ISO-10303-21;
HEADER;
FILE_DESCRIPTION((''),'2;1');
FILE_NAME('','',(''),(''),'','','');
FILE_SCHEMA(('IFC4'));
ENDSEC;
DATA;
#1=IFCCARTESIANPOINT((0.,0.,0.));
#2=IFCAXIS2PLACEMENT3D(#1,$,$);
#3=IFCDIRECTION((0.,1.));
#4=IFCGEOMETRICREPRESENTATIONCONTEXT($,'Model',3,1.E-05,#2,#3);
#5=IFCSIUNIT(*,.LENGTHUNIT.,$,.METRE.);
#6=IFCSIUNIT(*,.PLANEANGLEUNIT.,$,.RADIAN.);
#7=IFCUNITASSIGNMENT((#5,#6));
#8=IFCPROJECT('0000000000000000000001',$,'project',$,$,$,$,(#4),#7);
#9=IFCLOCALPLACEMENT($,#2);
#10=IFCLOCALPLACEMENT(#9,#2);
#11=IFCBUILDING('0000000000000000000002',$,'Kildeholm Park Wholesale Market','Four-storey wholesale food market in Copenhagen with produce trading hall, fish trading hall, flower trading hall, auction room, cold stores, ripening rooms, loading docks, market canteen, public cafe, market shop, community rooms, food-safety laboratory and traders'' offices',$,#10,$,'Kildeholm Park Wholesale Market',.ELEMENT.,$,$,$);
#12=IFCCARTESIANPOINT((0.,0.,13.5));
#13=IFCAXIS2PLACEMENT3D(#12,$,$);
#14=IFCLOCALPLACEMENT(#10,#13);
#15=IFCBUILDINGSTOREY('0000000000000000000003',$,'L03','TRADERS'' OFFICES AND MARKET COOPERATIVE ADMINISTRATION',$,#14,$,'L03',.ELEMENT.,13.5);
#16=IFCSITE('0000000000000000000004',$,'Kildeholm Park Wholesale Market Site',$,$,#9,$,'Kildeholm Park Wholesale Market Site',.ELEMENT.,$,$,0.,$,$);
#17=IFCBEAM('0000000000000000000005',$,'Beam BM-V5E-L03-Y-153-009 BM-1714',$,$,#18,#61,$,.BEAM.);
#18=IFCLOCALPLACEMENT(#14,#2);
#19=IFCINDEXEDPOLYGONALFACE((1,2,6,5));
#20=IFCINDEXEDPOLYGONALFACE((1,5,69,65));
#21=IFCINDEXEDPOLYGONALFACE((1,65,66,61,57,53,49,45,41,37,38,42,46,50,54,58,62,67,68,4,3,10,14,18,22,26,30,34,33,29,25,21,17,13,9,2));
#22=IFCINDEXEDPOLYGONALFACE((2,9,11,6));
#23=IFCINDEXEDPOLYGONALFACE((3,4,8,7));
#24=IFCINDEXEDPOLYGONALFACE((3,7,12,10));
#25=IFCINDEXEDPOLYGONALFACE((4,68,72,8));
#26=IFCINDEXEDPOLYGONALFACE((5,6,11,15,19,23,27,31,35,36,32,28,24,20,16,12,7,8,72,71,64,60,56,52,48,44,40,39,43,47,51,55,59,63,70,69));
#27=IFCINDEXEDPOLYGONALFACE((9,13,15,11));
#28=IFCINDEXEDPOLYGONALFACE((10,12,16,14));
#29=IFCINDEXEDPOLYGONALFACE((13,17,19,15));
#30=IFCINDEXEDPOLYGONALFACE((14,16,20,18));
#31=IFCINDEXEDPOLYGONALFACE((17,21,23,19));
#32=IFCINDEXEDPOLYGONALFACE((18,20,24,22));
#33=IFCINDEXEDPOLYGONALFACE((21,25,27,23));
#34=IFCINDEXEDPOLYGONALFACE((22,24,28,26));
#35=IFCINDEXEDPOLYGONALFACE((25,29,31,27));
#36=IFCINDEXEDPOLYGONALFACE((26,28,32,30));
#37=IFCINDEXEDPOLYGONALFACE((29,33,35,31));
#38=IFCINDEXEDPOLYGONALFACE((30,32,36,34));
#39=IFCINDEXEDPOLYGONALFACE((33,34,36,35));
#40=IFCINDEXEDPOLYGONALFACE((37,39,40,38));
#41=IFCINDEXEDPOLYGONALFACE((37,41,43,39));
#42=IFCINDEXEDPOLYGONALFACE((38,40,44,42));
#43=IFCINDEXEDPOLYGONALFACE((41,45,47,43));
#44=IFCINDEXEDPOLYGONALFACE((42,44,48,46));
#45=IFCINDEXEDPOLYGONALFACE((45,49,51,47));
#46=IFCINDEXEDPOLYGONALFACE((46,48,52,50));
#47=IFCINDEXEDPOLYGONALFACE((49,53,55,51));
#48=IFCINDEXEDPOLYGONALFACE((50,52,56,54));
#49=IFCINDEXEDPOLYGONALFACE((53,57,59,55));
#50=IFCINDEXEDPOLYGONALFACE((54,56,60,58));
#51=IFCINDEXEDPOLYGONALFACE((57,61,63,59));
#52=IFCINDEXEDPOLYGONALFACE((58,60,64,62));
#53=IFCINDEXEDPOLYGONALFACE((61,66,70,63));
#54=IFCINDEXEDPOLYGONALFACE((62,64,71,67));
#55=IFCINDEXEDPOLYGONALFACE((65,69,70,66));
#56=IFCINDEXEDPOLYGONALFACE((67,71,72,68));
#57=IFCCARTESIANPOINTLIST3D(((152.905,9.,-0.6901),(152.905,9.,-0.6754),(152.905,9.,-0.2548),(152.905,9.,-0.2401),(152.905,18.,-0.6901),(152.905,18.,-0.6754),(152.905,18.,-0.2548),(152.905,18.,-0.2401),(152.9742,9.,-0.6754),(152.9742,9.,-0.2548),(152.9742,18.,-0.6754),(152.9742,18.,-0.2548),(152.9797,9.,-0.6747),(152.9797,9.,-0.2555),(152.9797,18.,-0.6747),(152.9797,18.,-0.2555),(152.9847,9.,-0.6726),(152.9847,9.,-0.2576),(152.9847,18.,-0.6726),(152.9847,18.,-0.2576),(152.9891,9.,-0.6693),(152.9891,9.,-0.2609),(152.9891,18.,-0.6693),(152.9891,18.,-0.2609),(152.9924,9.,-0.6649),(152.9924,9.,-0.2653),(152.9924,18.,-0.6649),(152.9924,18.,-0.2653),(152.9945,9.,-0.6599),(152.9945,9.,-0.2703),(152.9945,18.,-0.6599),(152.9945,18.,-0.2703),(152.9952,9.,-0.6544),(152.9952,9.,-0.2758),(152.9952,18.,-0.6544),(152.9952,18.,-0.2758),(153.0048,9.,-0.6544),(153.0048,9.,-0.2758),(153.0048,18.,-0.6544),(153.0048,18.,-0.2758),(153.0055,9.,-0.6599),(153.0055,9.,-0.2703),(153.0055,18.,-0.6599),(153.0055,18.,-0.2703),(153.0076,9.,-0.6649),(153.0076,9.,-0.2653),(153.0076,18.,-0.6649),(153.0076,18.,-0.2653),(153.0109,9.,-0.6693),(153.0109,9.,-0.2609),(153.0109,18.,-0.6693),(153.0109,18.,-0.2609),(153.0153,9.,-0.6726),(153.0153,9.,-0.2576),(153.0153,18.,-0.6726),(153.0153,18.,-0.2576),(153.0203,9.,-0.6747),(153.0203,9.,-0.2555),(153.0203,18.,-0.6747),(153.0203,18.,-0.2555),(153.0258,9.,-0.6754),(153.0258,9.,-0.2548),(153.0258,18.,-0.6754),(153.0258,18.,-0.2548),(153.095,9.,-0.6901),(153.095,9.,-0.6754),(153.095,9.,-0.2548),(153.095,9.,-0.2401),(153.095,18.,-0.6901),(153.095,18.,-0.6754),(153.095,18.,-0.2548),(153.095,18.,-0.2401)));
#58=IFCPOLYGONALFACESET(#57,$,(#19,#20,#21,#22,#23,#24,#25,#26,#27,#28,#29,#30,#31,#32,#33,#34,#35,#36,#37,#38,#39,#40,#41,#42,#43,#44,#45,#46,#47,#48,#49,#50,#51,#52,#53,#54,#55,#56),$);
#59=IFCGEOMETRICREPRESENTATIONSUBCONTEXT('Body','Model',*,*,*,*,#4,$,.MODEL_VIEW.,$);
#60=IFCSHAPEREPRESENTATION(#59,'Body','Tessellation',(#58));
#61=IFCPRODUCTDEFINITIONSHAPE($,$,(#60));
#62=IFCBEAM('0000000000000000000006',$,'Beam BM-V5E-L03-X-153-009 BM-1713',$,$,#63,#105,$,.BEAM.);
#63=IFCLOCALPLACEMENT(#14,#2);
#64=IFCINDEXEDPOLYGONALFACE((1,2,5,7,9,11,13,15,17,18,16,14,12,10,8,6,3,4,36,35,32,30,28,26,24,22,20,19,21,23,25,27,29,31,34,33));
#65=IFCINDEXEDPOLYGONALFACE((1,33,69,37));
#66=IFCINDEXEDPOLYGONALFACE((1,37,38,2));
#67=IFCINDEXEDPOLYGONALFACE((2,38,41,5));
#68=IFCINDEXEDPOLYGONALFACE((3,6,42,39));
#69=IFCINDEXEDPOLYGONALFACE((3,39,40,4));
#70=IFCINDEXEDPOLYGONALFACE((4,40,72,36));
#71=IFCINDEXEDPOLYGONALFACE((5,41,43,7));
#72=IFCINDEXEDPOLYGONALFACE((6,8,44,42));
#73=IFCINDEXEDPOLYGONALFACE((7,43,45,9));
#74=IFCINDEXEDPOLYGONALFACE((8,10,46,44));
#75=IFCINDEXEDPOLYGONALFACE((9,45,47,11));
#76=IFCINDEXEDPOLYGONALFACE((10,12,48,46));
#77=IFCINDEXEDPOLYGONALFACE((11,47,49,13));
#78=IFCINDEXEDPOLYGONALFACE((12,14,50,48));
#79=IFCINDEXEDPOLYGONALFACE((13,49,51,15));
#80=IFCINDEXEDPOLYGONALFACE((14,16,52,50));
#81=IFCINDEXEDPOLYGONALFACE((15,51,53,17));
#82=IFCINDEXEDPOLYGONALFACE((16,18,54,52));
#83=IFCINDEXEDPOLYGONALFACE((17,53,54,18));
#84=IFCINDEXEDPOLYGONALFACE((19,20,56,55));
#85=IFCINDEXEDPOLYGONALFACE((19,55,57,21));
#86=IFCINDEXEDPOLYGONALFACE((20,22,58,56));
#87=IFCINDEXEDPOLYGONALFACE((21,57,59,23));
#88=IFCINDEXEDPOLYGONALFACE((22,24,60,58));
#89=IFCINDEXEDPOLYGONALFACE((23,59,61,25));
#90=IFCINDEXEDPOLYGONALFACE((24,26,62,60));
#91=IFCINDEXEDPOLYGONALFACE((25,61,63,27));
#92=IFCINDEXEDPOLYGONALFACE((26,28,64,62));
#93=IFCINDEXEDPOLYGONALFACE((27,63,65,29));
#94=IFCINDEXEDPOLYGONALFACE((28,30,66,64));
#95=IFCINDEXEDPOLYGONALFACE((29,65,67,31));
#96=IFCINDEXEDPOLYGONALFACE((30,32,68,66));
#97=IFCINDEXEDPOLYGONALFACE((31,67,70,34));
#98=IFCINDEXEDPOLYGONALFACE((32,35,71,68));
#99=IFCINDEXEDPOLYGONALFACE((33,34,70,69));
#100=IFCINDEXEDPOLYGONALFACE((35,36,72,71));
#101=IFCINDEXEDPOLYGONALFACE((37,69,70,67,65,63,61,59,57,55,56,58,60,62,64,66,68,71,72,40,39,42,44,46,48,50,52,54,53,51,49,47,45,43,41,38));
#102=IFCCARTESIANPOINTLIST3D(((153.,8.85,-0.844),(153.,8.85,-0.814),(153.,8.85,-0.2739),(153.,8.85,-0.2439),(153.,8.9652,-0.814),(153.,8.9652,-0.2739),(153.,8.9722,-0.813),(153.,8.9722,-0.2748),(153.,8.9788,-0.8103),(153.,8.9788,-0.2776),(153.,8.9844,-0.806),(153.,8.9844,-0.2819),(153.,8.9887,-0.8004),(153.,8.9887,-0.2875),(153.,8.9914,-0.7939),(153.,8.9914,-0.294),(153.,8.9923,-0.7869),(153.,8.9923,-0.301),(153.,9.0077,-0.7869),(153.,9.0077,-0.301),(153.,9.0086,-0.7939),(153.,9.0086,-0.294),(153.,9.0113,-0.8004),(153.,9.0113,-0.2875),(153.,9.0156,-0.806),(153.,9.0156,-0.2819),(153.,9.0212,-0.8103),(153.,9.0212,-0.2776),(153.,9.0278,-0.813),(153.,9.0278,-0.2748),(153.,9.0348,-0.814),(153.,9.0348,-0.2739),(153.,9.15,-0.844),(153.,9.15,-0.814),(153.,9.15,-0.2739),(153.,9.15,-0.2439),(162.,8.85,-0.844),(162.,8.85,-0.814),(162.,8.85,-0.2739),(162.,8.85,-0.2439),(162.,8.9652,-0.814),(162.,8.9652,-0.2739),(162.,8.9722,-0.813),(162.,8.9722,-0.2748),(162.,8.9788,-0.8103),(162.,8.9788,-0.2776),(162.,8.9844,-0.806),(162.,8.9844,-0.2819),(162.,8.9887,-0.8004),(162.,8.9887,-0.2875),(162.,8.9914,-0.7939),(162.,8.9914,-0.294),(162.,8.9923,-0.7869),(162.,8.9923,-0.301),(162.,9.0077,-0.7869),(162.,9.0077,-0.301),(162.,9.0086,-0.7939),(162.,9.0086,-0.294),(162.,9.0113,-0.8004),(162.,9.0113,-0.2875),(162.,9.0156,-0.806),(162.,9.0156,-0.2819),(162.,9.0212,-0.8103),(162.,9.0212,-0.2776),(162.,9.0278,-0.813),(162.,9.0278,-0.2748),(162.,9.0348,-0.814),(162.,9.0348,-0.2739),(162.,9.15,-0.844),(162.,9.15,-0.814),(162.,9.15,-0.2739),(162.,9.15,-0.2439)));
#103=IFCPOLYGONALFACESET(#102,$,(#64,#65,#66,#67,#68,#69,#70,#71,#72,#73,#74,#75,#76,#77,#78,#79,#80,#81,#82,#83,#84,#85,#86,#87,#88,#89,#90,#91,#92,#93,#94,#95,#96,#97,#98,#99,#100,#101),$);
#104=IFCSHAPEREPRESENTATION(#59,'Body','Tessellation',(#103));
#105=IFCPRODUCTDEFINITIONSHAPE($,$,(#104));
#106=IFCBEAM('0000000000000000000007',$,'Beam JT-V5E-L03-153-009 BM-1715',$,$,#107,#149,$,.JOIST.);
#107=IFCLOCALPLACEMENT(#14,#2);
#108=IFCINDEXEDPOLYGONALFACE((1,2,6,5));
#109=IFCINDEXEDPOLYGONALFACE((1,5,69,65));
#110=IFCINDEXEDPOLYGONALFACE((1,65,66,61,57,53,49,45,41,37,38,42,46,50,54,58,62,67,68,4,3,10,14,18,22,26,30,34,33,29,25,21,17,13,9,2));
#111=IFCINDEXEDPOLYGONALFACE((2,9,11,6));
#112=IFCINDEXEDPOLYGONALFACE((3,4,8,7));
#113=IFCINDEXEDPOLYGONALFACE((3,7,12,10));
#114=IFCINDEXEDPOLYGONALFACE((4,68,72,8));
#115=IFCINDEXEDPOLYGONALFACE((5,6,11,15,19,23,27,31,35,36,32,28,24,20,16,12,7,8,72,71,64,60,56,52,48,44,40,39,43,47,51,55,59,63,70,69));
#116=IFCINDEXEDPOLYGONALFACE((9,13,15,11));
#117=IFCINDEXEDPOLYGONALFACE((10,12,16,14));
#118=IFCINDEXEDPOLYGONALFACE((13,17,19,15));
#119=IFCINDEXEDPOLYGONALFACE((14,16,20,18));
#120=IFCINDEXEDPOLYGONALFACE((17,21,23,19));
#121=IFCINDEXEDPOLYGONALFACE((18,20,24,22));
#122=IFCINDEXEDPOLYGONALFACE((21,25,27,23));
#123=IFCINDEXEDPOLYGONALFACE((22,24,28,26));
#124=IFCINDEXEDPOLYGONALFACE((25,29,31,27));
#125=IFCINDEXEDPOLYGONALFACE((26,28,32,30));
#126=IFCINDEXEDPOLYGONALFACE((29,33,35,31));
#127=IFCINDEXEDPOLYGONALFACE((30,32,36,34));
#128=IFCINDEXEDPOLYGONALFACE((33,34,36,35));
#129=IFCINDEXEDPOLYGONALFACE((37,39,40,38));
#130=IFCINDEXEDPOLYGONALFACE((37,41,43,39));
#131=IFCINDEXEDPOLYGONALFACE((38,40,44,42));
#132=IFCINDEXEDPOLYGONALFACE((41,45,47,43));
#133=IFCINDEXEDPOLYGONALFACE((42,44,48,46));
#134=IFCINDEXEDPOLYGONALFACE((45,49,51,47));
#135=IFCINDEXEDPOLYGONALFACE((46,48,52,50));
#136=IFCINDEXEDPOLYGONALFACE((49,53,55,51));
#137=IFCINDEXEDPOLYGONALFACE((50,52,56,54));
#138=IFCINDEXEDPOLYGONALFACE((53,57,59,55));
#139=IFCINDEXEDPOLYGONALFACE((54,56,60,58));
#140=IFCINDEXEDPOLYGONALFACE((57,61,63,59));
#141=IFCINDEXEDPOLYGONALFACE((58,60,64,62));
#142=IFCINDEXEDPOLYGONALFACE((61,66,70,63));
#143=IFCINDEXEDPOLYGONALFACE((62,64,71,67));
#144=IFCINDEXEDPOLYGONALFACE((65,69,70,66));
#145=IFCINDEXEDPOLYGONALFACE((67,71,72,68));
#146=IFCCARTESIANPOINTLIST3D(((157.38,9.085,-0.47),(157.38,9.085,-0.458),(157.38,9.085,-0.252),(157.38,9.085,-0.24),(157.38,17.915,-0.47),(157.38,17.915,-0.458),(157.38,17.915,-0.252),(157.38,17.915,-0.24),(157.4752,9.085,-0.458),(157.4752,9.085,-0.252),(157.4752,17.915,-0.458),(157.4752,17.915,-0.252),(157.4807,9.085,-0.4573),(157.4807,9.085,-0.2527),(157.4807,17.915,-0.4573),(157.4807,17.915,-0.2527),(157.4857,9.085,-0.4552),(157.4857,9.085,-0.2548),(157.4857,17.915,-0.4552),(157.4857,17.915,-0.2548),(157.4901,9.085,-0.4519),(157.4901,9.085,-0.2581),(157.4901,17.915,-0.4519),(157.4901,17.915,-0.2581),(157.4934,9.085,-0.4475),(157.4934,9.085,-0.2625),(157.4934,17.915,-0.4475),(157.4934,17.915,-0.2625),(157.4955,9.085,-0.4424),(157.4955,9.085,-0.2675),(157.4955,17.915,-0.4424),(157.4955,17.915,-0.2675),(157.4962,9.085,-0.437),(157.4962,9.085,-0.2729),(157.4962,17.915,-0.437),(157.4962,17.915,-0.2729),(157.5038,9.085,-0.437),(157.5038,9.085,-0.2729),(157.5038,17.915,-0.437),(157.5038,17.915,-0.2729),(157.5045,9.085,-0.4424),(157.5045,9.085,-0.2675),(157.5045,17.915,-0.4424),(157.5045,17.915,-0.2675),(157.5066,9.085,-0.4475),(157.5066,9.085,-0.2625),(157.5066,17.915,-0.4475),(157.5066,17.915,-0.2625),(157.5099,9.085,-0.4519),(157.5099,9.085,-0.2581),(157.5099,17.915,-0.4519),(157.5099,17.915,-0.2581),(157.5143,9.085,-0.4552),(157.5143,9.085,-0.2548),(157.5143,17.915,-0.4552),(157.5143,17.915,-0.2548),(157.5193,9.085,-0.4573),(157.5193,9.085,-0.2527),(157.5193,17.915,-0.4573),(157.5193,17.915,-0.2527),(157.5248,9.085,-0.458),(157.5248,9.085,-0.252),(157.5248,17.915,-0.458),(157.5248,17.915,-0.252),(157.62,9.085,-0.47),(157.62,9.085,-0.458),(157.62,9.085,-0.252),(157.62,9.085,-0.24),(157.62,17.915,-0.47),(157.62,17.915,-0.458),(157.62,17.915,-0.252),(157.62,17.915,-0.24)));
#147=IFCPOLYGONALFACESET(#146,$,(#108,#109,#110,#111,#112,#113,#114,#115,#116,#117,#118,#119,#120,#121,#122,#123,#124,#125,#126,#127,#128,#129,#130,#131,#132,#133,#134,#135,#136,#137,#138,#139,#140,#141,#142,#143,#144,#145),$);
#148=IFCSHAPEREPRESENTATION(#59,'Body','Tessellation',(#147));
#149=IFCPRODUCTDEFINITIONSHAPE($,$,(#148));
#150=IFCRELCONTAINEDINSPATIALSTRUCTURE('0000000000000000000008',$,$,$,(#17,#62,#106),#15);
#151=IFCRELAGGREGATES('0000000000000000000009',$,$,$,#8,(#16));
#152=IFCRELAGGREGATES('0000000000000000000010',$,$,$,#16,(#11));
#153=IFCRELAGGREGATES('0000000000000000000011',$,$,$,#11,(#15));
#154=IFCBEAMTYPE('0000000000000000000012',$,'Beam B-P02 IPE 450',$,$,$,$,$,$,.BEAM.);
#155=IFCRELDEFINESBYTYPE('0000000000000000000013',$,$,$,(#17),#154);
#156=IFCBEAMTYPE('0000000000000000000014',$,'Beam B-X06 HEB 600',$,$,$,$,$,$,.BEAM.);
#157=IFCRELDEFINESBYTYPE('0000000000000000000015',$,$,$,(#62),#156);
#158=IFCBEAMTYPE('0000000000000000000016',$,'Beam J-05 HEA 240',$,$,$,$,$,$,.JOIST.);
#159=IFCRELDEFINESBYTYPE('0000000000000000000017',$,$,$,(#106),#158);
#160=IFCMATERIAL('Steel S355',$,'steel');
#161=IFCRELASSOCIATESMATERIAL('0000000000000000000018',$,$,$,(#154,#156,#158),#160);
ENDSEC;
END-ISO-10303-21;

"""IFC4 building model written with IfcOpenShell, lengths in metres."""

from ifc_helpers import new_model, si_unit, direction, frame, origin, origin_2d, place, context, subcontext, project, spatial, i_section, extrude, material, material_profile, profile_set, type_object, element, save


model = new_model("IFC4")

# Units and contexts
model_context = context("Model", 3, precision=1e-05, world=origin(), true_north=direction((0.0, 1.0)))
body_context = subcontext(model_context, "Body", "Model", "MODEL_VIEW")
ifc_project = project(units=[si_unit("LENGTHUNIT", "METRE"), si_unit("PLANEANGLEUNIT", "RADIAN")], contexts=[model_context])

# Site, building, storey
site_placement = place(None, origin())
site = spatial("IfcSite", under=ifc_project, at=site_placement, Name="Kildeholm Park Wholesale Market Site", LongName="Kildeholm Park Wholesale Market Site", CompositionType="ELEMENT", RefElevation=0.0)
building_placement = place(site_placement, origin())
building = spatial("IfcBuilding", under=site, at=building_placement, Name="Kildeholm Park Wholesale Market", Description="Four-storey wholesale food market in Copenhagen with produce trading hall, fish trading hall, flower trading hall, auction room, cold stores, ripening rooms, loading docks, market canteen, public cafe, market shop, community rooms, food-safety laboratory and traders' offices", LongName="Kildeholm Park Wholesale Market", CompositionType="ELEMENT")
storey_placement = place(building_placement, frame((0.0, 0.0, 13.5)))
storey = spatial("IfcBuildingStorey", under=building, at=storey_placement, Name="L03", Description="TRADERS' OFFICES AND MARKET COOPERATIVE ADMINISTRATION", LongName="L03", CompositionType="ELEMENT", Elevation=13.5)

# Shared definitions
ifc_material_1 = material(Name="Steel S355", Category="steel")

# Beams
ifc_material_profile_1 = material_profile(ifc_material_1, i_section(OverallWidth=0.1899, OverallDepth=0.45, WebThickness=0.0095, FlangeThickness=0.0146, FilletRadius=0.021, at=origin_2d()), Name="IPE 450")
ifc_profile_set_1 = profile_set([ifc_material_profile_1], Name="Steel S355")
beam_type_1 = type_object("IfcBeamType", Name="Beam B-P02 IPE 450", PredefinedType="BEAM", material=ifc_profile_set_1)
for number, where, z_axis, x_axis, name in (
    (1, (153.0, 9.0, -0.4651), (0.0, 1.0, 0.0), (-1.0, 0.0, 0.0), "Beam BM-V5E-L03-Y-153-009 BM-1714"),
):
    element("IfcBeam", number, at=place(storey_placement, frame(where, z_axis=z_axis, x_axis=x_axis)), inside=storey, type_object=beam_type_1, Name=name, PredefinedType="BEAM", context=body_context, shape_type="SweptSolid", body=[
        extrude(i_section(OverallWidth=0.1899, OverallDepth=0.45, WebThickness=0.0095, FlangeThickness=0.0146, FilletRadius=0.021, at=origin_2d()), origin(), (0.0, 0.0, 1.0), 9.0),
    ])
ifc_material_profile_2 = material_profile(ifc_material_1, i_section(OverallWidth=0.3, OverallDepth=0.6001, WebThickness=0.0154, FlangeThickness=0.03, FilletRadius=0.0271, at=origin_2d()), Name="HEB 600")
ifc_profile_set_2 = profile_set([ifc_material_profile_2], Name="Steel S355")
beam_type_2 = type_object("IfcBeamType", Name="Beam B-X06 HEB 600", PredefinedType="BEAM", material=ifc_profile_set_2)
beam_1_placement = place(storey_placement, frame((153.0, 9.0, -0.5439), z_axis=(1.0, 0.0, 0.0), x_axis=(0.0, 1.0, 0.0)))
element("IfcBeam", 2, at=beam_1_placement, inside=storey, type_object=beam_type_2, Name="Beam BM-V5E-L03-X-153-009 BM-1713", PredefinedType="BEAM", context=body_context, shape_type="SweptSolid", body=[
    extrude(i_section(OverallWidth=0.3, OverallDepth=0.6001, WebThickness=0.0154, FlangeThickness=0.03, FilletRadius=0.0271, at=origin_2d()), origin(), (0.0, 0.0, 1.0), 9.0),
])
ifc_material_profile_3 = material_profile(ifc_material_1, i_section(OverallWidth=0.24, OverallDepth=0.23, WebThickness=0.0076, FlangeThickness=0.012, FilletRadius=0.021, at=origin_2d()), Name="HEA 240")
ifc_profile_set_3 = profile_set([ifc_material_profile_3], Name="Steel S355")
beam_type_3 = type_object("IfcBeamType", Name="Beam J-05 HEA 240", PredefinedType="JOIST", material=ifc_profile_set_3)
beam_2_placement = place(storey_placement, frame((157.5, 9.085, -0.355), z_axis=(0.0, 1.0, 0.0), x_axis=(-1.0, 0.0, 0.0)))
element("IfcBeam", 3, at=beam_2_placement, inside=storey, type_object=beam_type_3, Name="Beam JT-V5E-L03-153-009 BM-1715", PredefinedType="JOIST", context=body_context, shape_type="SweptSolid", body=[
    extrude(i_section(OverallWidth=0.24, OverallDepth=0.23, WebThickness=0.0076, FlangeThickness=0.012, FilletRadius=0.021, at=origin_2d()), origin(), (0.0, 0.0, 1.0), 8.8301),
])

save(model, "model.ifc")
